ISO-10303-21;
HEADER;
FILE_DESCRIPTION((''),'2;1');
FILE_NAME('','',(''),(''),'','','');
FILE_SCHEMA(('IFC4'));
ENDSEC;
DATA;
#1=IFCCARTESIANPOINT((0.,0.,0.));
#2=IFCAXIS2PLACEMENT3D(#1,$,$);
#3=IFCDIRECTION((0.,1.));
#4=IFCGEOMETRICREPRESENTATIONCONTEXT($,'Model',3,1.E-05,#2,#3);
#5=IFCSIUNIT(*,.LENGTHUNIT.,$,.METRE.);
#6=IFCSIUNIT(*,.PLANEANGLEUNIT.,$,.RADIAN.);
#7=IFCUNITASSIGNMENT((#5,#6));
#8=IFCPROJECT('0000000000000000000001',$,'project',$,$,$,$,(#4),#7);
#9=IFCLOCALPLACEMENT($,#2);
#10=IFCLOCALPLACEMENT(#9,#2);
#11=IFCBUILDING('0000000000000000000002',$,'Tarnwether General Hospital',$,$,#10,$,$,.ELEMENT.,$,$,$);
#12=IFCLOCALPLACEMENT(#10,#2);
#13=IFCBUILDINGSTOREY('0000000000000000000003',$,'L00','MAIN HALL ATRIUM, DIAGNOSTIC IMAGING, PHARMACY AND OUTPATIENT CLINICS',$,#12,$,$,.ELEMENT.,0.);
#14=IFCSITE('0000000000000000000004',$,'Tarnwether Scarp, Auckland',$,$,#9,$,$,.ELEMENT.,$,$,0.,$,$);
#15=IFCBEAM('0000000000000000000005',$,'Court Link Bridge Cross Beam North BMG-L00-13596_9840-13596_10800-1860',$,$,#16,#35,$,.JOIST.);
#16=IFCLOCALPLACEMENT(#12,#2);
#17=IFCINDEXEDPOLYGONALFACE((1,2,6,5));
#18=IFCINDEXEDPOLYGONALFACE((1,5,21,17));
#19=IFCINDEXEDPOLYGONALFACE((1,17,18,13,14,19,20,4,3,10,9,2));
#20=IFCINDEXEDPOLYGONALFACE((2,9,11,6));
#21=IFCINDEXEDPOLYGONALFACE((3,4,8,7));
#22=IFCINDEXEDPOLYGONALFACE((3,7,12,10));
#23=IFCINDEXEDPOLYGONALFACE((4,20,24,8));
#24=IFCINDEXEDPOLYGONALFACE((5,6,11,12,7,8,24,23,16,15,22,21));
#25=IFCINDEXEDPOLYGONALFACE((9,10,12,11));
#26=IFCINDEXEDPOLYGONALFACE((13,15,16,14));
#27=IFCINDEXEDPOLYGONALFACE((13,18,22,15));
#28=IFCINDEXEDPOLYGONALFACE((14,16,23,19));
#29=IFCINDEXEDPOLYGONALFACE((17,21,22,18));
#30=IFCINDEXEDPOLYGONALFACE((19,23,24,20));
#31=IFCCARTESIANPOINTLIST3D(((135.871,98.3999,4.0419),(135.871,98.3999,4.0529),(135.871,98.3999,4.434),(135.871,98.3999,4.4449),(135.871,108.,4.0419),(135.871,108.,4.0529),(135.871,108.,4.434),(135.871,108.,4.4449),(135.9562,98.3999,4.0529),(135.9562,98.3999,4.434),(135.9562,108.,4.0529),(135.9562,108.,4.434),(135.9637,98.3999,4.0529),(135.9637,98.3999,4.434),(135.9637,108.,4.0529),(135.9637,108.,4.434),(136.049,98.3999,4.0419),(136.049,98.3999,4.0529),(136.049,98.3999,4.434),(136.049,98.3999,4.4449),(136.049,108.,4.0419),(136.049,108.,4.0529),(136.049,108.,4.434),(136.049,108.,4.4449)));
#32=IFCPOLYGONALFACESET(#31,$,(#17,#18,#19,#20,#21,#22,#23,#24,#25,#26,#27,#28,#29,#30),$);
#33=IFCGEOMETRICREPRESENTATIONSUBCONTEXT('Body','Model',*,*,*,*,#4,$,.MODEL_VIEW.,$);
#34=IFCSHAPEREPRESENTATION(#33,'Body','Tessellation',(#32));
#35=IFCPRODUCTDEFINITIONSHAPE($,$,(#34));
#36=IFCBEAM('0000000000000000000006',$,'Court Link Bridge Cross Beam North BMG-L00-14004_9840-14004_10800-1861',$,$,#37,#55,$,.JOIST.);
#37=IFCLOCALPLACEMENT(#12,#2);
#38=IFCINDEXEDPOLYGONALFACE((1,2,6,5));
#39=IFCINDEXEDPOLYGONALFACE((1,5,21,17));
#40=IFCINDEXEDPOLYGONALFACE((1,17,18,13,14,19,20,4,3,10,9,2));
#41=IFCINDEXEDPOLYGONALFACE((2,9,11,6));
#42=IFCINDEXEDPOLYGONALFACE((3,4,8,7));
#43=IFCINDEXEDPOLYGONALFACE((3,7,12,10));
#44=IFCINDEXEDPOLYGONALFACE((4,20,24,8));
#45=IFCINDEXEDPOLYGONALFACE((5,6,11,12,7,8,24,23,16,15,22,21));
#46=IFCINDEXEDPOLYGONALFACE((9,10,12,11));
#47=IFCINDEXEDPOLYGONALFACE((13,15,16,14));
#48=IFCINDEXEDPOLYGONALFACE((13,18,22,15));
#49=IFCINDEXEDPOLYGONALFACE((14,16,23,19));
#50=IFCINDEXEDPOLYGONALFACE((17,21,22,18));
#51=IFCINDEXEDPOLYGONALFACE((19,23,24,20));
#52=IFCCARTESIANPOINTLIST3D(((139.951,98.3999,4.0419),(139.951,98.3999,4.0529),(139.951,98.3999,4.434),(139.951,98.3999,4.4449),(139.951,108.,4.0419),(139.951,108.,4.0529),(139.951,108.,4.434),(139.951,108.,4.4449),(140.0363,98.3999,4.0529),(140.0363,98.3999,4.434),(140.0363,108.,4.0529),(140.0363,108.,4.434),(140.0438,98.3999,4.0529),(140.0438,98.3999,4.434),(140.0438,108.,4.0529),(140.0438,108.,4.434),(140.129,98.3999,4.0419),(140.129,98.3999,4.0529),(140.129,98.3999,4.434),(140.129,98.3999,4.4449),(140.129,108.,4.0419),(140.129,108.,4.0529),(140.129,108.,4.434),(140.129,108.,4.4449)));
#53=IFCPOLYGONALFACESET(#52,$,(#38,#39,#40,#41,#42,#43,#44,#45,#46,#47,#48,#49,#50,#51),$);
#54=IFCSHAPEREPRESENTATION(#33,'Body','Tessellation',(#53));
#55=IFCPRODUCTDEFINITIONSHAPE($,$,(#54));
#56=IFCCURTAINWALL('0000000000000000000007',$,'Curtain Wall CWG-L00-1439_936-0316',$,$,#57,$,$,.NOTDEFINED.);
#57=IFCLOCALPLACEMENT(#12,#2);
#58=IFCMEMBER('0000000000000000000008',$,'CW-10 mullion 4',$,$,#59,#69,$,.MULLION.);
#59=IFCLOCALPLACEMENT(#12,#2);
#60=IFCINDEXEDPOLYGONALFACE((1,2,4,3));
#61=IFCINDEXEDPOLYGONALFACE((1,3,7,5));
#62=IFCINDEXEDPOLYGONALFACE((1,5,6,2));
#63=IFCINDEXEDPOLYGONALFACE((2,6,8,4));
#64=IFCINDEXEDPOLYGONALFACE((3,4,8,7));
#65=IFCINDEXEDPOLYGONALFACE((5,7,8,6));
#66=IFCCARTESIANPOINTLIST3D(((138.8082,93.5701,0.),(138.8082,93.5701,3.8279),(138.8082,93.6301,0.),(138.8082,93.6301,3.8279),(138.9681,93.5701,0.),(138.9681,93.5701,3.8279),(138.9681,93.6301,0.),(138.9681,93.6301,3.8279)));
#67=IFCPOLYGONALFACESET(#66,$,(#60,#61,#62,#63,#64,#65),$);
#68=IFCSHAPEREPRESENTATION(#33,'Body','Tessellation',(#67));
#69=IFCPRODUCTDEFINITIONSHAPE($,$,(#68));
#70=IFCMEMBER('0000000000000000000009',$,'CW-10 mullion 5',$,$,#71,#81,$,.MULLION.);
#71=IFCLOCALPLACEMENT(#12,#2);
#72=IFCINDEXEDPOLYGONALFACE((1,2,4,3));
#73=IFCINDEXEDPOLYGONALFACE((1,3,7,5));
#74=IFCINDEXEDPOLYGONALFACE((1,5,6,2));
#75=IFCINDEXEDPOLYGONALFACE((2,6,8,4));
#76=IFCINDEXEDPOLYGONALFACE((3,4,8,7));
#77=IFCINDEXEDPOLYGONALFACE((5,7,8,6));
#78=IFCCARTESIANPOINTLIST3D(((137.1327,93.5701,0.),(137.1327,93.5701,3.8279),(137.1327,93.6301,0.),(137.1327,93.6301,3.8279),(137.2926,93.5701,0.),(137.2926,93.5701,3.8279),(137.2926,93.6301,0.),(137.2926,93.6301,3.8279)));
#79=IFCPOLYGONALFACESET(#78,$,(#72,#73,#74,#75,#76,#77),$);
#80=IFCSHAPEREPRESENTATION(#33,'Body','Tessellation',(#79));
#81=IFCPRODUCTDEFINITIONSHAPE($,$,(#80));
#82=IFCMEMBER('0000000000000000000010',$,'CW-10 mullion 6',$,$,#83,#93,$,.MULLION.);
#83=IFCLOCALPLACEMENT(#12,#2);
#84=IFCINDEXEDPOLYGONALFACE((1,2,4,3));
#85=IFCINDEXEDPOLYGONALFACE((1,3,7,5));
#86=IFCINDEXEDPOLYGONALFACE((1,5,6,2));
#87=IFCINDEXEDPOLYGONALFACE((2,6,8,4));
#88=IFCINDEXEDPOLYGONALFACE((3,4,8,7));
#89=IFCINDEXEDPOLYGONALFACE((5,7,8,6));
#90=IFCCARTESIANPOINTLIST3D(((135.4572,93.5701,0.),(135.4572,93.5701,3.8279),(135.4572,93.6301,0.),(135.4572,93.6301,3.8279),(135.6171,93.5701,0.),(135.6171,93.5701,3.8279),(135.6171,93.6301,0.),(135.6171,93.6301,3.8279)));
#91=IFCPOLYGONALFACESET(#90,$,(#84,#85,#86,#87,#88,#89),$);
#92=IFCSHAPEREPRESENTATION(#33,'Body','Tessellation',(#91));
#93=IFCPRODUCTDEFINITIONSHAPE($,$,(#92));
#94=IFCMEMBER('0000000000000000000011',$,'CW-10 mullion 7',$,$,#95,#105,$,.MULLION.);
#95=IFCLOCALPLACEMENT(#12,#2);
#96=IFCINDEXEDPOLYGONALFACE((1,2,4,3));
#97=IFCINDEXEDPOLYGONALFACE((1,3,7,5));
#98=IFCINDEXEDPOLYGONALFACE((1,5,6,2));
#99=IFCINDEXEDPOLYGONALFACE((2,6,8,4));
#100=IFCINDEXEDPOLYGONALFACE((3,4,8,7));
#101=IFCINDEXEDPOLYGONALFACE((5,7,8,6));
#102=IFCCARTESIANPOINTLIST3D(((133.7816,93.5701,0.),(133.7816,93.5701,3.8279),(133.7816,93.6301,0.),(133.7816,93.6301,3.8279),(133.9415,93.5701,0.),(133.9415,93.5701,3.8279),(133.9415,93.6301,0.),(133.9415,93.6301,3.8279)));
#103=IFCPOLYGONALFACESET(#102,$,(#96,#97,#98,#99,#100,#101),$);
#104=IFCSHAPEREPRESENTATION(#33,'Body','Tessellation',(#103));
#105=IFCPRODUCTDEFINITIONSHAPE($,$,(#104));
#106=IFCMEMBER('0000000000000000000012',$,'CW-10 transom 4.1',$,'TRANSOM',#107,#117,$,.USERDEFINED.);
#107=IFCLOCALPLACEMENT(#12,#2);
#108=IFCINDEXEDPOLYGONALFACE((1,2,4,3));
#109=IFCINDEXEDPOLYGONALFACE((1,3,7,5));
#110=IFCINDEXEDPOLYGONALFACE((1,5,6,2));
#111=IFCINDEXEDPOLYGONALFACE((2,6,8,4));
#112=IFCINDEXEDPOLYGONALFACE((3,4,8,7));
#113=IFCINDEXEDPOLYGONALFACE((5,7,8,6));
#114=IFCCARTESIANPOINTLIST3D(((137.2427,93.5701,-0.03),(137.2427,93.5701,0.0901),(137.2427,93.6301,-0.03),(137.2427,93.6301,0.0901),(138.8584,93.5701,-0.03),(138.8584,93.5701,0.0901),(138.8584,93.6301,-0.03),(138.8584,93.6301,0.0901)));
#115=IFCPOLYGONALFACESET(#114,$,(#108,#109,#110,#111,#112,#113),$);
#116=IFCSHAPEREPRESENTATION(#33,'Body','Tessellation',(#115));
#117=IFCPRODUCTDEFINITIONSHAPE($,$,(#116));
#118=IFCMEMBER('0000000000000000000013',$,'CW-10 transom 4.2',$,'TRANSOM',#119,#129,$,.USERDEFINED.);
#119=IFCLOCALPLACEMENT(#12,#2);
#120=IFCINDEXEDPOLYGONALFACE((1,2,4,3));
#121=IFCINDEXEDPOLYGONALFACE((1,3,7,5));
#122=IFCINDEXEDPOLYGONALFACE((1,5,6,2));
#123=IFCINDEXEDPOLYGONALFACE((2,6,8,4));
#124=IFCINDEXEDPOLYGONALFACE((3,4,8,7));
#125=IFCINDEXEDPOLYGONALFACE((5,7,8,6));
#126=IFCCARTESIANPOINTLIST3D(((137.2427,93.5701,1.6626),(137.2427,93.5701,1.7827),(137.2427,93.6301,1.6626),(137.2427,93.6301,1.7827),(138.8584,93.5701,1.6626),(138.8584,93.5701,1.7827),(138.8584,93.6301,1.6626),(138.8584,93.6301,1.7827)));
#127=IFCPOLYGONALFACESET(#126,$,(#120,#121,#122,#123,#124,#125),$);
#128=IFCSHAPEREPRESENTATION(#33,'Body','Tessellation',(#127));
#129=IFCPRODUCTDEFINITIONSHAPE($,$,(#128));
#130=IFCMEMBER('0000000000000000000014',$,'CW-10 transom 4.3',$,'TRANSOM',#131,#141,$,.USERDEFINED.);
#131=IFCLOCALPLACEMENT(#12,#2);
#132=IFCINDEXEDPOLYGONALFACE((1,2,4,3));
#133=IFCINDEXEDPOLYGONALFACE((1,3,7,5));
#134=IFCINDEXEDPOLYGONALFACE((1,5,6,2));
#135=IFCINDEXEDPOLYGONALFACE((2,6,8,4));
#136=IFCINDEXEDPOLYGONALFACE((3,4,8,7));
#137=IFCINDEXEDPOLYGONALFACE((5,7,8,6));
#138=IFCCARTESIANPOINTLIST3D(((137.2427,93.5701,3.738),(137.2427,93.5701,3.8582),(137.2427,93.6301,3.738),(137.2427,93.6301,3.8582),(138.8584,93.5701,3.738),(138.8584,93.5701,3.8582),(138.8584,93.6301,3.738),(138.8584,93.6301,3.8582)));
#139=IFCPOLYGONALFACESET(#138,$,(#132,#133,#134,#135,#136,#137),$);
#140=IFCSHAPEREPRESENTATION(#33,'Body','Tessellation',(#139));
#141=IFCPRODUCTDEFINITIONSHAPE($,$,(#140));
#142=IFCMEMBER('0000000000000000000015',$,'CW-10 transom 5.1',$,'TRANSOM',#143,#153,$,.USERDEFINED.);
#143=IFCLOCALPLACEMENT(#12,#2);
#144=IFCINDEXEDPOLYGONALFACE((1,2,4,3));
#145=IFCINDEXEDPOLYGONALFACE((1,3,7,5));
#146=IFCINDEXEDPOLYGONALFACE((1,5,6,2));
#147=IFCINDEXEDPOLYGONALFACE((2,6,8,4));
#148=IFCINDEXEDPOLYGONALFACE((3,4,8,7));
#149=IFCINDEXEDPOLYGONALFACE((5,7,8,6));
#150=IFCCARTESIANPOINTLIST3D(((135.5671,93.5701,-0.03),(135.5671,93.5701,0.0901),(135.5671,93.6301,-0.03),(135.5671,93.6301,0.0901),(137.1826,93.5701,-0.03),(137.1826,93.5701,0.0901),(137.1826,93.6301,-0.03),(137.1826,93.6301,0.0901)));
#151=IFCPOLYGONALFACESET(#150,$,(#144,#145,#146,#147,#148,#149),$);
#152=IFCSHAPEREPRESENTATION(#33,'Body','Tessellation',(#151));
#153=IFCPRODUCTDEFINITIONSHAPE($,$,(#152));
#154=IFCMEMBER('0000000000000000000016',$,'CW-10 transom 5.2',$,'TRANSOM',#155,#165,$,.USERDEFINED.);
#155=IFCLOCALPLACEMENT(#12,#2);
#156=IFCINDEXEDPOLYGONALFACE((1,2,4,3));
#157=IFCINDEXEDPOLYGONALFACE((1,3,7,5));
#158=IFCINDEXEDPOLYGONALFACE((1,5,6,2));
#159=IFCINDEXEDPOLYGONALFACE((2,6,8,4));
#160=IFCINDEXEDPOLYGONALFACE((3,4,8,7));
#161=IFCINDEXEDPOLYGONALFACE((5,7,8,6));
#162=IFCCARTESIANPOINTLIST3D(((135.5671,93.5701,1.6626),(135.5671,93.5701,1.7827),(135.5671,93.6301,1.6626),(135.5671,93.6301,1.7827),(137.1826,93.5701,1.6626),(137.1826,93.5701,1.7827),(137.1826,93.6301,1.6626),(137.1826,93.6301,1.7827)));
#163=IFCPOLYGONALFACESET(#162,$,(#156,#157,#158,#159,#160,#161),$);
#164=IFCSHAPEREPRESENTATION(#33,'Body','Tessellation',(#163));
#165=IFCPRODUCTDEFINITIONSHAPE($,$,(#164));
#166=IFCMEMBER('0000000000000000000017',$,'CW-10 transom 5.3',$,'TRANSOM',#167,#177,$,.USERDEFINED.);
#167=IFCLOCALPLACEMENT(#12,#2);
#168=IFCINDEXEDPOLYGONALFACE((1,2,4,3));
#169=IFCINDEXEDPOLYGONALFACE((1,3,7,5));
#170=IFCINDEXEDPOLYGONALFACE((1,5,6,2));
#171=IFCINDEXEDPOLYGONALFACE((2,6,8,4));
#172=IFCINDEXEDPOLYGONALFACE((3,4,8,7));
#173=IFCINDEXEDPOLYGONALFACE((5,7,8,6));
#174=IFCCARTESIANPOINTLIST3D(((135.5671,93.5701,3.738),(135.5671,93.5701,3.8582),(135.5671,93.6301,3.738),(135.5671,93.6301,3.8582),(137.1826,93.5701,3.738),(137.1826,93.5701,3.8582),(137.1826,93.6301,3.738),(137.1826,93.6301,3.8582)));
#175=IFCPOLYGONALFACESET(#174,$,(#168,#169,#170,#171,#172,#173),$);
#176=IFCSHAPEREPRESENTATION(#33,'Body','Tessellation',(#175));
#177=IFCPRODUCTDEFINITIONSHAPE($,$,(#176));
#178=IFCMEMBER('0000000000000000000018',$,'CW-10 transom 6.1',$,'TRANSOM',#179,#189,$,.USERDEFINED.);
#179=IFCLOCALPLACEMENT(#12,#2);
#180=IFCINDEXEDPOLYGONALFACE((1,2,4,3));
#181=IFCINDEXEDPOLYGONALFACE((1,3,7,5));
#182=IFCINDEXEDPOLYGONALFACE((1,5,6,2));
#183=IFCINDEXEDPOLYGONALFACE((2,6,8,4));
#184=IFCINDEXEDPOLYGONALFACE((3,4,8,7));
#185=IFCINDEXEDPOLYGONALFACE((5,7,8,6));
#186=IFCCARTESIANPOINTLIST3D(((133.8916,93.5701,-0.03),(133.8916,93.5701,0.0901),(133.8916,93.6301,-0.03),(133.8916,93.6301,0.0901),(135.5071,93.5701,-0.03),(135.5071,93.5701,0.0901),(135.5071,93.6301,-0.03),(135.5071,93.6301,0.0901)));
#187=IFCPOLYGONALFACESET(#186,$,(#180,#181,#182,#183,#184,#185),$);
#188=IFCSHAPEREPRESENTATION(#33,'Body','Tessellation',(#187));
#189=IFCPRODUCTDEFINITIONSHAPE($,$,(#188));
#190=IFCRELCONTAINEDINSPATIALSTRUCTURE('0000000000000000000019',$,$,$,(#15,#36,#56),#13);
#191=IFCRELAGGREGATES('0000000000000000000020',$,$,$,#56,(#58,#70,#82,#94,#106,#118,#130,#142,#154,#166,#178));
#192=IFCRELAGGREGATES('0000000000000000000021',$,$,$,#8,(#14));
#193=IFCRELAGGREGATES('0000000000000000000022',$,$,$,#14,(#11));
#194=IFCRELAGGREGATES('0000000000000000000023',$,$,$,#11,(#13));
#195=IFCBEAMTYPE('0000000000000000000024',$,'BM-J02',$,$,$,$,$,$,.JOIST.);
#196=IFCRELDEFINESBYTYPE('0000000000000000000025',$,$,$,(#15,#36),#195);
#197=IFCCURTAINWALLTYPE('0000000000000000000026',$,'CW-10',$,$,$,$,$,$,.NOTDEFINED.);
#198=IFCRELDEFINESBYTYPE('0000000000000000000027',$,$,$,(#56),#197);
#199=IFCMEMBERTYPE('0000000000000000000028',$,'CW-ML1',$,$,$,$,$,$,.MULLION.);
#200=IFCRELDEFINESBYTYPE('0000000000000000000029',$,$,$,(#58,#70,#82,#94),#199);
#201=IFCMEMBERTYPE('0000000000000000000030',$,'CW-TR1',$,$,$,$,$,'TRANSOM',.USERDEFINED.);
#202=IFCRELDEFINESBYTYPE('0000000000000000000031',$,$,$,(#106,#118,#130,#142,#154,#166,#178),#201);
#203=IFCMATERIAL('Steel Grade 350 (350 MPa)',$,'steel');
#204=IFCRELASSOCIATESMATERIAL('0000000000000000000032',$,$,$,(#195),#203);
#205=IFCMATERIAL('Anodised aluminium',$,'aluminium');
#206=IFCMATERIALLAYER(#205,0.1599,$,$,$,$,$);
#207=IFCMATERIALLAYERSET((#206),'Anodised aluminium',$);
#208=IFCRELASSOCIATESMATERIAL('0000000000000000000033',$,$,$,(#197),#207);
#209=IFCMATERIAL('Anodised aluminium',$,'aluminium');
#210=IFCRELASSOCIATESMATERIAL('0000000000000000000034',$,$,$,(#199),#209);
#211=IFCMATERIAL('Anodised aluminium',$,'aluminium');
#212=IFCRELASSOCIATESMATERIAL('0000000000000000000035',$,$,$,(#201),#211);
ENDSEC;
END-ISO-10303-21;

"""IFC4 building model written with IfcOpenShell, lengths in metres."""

from ifc_helpers import new_model, si_unit, direction, frame, origin, origin_2d, place, context, subcontext, project, spatial, rectangle, i_section, extrude, material, layer, layer_set, material_profile, profile_set, type_object, element, aggregate, save


model = new_model("IFC4")

# Units and contexts
model_context = context("Model", 3, precision=1e-05, world=origin(), true_north=direction((0.0, 1.0)))
body_context = subcontext(model_context, "Body", "Model", "MODEL_VIEW")
ifc_project = project(units=[si_unit("LENGTHUNIT", "METRE"), si_unit("PLANEANGLEUNIT", "RADIAN")], contexts=[model_context])

# Site, building, storey
site_placement = place(None, origin())
site = spatial("IfcSite", under=ifc_project, at=site_placement, Name="Tarnwether Scarp, Auckland", CompositionType="ELEMENT", RefElevation=0.0)
building_placement = place(site_placement, origin())
building = spatial("IfcBuilding", under=site, at=building_placement, Name="Tarnwether General Hospital", CompositionType="ELEMENT")
storey_placement = place(building_placement, origin())
storey = spatial("IfcBuildingStorey", under=building, at=storey_placement, Name="L00", Description="MAIN HALL ATRIUM, DIAGNOSTIC IMAGING, PHARMACY AND OUTPATIENT CLINICS", CompositionType="ELEMENT", Elevation=0.0)

# Beams
ifc_material_1 = material(Name="Steel Grade 350 (350 MPa)", Category="steel")
ifc_material_profile_1 = material_profile(ifc_material_1, i_section(OverallWidth=0.178, OverallDepth=0.4031, WebThickness=0.0076, FlangeThickness=0.011, at=origin_2d()), Name="410UB53.7")
ifc_profile_set_1 = profile_set([ifc_material_profile_1], Name="Steel Grade 350 (350 MPa)")
beam_type = type_object("IfcBeamType", Name="BM-J02", PredefinedType="JOIST", material=ifc_profile_set_1)
for number, where, z_axis, x_axis, name in (
    (1, (135.96, 98.3999, 4.2434), (0.0, 1.0, 0.0), (-1.0, 0.0, 0.0), "Court Link Bridge Cross Beam North BMG-L00-13596_9840-13596_10800-1860"),
    (2, (140.04, 98.3999, 4.2434), (0.0, 1.0, 0.0), (-1.0, 0.0, 0.0), "Court Link Bridge Cross Beam North BMG-L00-14004_9840-14004_10800-1861"),
):
    element("IfcBeam", number, at=place(storey_placement, frame(where, z_axis=z_axis, x_axis=x_axis)), inside=storey, type_object=beam_type, Name=name, PredefinedType="JOIST", context=body_context, shape_type="SweptSolid", body=[
        extrude(i_section(OverallWidth=0.178, OverallDepth=0.4031, WebThickness=0.0076, FlangeThickness=0.011, at=origin_2d()), origin(), (0.0, 0.0, 1.0), 9.6001),
    ])

# Curtain wall, members
ifc_material_2 = material(Name="Anodised aluminium", Category="aluminium")
ifc_layer_1 = layer(ifc_material_2, 0.1599)
ifc_layer_set_1 = layer_set([ifc_layer_1], Name="Anodised aluminium")
curtain_wall_type = type_object("IfcCurtainWallType", Name="CW-10", PredefinedType="NOTDEFINED", material=ifc_layer_set_1)
curtain_wall_placement = place(storey_placement, origin())
curtain_wall = element("IfcCurtainWall", 3, at=curtain_wall_placement, inside=storey, type_object=curtain_wall_type, Name="Curtain Wall CWG-L00-1439_936-0316", PredefinedType="NOTDEFINED")
ifc_material_3 = material(Name="Anodised aluminium", Category="aluminium")
ifc_material_profile_2 = material_profile(ifc_material_3, rectangle(XDim=0.0601, YDim=0.1599, at=origin_2d()), Name="ALU-MUL-60x160")
ifc_profile_set_2 = profile_set([ifc_material_profile_2], Name="Anodised aluminium")
member_type_1 = type_object("IfcMemberType", Name="CW-ML1", PredefinedType="MULLION", material=ifc_profile_set_2)
member_1_placement = place(storey_placement, frame((138.8882, 93.6001, 0.0), z_axis=(0.0, 0.0, 1.0), x_axis=(0.0, -1.0, 0.0)))
member_1 = element("IfcMember", 4, at=member_1_placement, type_object=member_type_1, Name="CW-10 mullion 4", PredefinedType="MULLION", context=body_context, shape_type="SweptSolid", body=[
    extrude(rectangle(XDim=0.0601, YDim=0.1599, at=origin_2d()), origin(), (0.0, 0.0, 1.0), 3.8279),
])
member_2_placement = place(storey_placement, frame((137.2126, 93.6001, 0.0), z_axis=(0.0, 0.0, 1.0), x_axis=(0.0, -1.0, 0.0)))
member_2 = element("IfcMember", 5, at=member_2_placement, type_object=member_type_1, Name="CW-10 mullion 5", PredefinedType="MULLION", context=body_context, shape_type="SweptSolid", body=[
    extrude(rectangle(XDim=0.0601, YDim=0.1599, at=origin_2d()), origin(), (0.0, 0.0, 1.0), 3.8279),
])
member_3_placement = place(storey_placement, frame((135.5371, 93.6001, 0.0), z_axis=(0.0, 0.0, 1.0), x_axis=(0.0, -1.0, 0.0)))
member_3 = element("IfcMember", 6, at=member_3_placement, type_object=member_type_1, Name="CW-10 mullion 6", PredefinedType="MULLION", context=body_context, shape_type="SweptSolid", body=[
    extrude(rectangle(XDim=0.0601, YDim=0.1599, at=origin_2d()), origin(), (0.0, 0.0, 1.0), 3.8279),
])
member_4_placement = place(storey_placement, frame((133.8616, 93.6001, 0.0), z_axis=(0.0, 0.0, 1.0), x_axis=(0.0, -1.0, 0.0)))
member_4 = element("IfcMember", 7, at=member_4_placement, type_object=member_type_1, Name="CW-10 mullion 7", PredefinedType="MULLION", context=body_context, shape_type="SweptSolid", body=[
    extrude(rectangle(XDim=0.0601, YDim=0.1599, at=origin_2d()), origin(), (0.0, 0.0, 1.0), 3.8279),
])
ifc_material_4 = material(Name="Anodised aluminium", Category="aluminium")
ifc_material_profile_3 = material_profile(ifc_material_4, rectangle(XDim=0.0601, YDim=0.1201, at=origin_2d()), Name="ALU-TRN-60x120")
ifc_profile_set_3 = profile_set([ifc_material_profile_3], Name="Anodised aluminium")
member_type_2 = type_object("IfcMemberType", Name="CW-TR1", ElementType="TRANSOM", PredefinedType="USERDEFINED", material=ifc_profile_set_3)
member_5_placement = place(storey_placement, frame((138.8584, 93.6001, 0.03), z_axis=(-1.0, 0.0, 0.0), x_axis=(0.0, -1.0, 0.0)))
member_5 = element("IfcMember", 8, at=member_5_placement, type_object=member_type_2, Name="CW-10 transom 4.1", ObjectType="TRANSOM", PredefinedType="USERDEFINED", context=body_context, shape_type="SweptSolid", body=[
    extrude(rectangle(XDim=0.0601, YDim=0.1201, at=origin_2d()), origin(), (0.0, 0.0, 1.0), 1.6157),
])
member_6_placement = place(storey_placement, frame((138.8584, 93.6001, 1.7227), z_axis=(-1.0, 0.0, 0.0), x_axis=(0.0, -1.0, 0.0)))
member_6 = element("IfcMember", 9, at=member_6_placement, type_object=member_type_2, Name="CW-10 transom 4.2", ObjectType="TRANSOM", PredefinedType="USERDEFINED", context=body_context, shape_type="SweptSolid", body=[
    extrude(rectangle(XDim=0.0601, YDim=0.1201, at=origin_2d()), origin(), (0.0, 0.0, 1.0), 1.6157),
])
member_7_placement = place(storey_placement, frame((138.8584, 93.6001, 3.7981), z_axis=(-1.0, 0.0, 0.0), x_axis=(0.0, -1.0, 0.0)))
member_7 = element("IfcMember", 10, at=member_7_placement, type_object=member_type_2, Name="CW-10 transom 4.3", ObjectType="TRANSOM", PredefinedType="USERDEFINED", context=body_context, shape_type="SweptSolid", body=[
    extrude(rectangle(XDim=0.0601, YDim=0.1201, at=origin_2d()), origin(), (0.0, 0.0, 1.0), 1.6157),
])
member_8_placement = place(storey_placement, frame((137.1826, 93.6001, 0.03), z_axis=(-1.0, 0.0, 0.0), x_axis=(0.0, -1.0, 0.0)))
member_8 = element("IfcMember", 11, at=member_8_placement, type_object=member_type_2, Name="CW-10 transom 5.1", ObjectType="TRANSOM", PredefinedType="USERDEFINED", context=body_context, shape_type="SweptSolid", body=[
    extrude(rectangle(XDim=0.0601, YDim=0.1201, at=origin_2d()), origin(), (0.0, 0.0, 1.0), 1.6155),
])
member_9_placement = place(storey_placement, frame((137.1826, 93.6001, 1.7227), z_axis=(-1.0, 0.0, 0.0), x_axis=(0.0, -1.0, 0.0)))
member_9 = element("IfcMember", 12, at=member_9_placement, type_object=member_type_2, Name="CW-10 transom 5.2", ObjectType="TRANSOM", PredefinedType="USERDEFINED", context=body_context, shape_type="SweptSolid", body=[
    extrude(rectangle(XDim=0.0601, YDim=0.1201, at=origin_2d()), origin(), (0.0, 0.0, 1.0), 1.6155),
])
member_10_placement = place(storey_placement, frame((137.1826, 93.6001, 3.7981), z_axis=(-1.0, 0.0, 0.0), x_axis=(0.0, -1.0, 0.0)))
member_10 = element("IfcMember", 13, at=member_10_placement, type_object=member_type_2, Name="CW-10 transom 5.3", ObjectType="TRANSOM", PredefinedType="USERDEFINED", context=body_context, shape_type="SweptSolid", body=[
    extrude(rectangle(XDim=0.0601, YDim=0.1201, at=origin_2d()), origin(), (0.0, 0.0, 1.0), 1.6155),
])
member_11_placement = place(storey_placement, frame((135.5071, 93.6001, 0.03), z_axis=(-1.0, 0.0, 0.0), x_axis=(0.0, -1.0, 0.0)))
member_11 = element("IfcMember", 14, at=member_11_placement, type_object=member_type_2, Name="CW-10 transom 6.1", ObjectType="TRANSOM", PredefinedType="USERDEFINED", context=body_context, shape_type="SweptSolid", body=[
    extrude(rectangle(XDim=0.0601, YDim=0.1201, at=origin_2d()), origin(), (0.0, 0.0, 1.0), 1.6155),
])
aggregate(curtain_wall, [member_1, member_2, member_3, member_4, member_5, member_6, member_7, member_8, member_9, member_10, member_11])

save(model, "model.ifc")
